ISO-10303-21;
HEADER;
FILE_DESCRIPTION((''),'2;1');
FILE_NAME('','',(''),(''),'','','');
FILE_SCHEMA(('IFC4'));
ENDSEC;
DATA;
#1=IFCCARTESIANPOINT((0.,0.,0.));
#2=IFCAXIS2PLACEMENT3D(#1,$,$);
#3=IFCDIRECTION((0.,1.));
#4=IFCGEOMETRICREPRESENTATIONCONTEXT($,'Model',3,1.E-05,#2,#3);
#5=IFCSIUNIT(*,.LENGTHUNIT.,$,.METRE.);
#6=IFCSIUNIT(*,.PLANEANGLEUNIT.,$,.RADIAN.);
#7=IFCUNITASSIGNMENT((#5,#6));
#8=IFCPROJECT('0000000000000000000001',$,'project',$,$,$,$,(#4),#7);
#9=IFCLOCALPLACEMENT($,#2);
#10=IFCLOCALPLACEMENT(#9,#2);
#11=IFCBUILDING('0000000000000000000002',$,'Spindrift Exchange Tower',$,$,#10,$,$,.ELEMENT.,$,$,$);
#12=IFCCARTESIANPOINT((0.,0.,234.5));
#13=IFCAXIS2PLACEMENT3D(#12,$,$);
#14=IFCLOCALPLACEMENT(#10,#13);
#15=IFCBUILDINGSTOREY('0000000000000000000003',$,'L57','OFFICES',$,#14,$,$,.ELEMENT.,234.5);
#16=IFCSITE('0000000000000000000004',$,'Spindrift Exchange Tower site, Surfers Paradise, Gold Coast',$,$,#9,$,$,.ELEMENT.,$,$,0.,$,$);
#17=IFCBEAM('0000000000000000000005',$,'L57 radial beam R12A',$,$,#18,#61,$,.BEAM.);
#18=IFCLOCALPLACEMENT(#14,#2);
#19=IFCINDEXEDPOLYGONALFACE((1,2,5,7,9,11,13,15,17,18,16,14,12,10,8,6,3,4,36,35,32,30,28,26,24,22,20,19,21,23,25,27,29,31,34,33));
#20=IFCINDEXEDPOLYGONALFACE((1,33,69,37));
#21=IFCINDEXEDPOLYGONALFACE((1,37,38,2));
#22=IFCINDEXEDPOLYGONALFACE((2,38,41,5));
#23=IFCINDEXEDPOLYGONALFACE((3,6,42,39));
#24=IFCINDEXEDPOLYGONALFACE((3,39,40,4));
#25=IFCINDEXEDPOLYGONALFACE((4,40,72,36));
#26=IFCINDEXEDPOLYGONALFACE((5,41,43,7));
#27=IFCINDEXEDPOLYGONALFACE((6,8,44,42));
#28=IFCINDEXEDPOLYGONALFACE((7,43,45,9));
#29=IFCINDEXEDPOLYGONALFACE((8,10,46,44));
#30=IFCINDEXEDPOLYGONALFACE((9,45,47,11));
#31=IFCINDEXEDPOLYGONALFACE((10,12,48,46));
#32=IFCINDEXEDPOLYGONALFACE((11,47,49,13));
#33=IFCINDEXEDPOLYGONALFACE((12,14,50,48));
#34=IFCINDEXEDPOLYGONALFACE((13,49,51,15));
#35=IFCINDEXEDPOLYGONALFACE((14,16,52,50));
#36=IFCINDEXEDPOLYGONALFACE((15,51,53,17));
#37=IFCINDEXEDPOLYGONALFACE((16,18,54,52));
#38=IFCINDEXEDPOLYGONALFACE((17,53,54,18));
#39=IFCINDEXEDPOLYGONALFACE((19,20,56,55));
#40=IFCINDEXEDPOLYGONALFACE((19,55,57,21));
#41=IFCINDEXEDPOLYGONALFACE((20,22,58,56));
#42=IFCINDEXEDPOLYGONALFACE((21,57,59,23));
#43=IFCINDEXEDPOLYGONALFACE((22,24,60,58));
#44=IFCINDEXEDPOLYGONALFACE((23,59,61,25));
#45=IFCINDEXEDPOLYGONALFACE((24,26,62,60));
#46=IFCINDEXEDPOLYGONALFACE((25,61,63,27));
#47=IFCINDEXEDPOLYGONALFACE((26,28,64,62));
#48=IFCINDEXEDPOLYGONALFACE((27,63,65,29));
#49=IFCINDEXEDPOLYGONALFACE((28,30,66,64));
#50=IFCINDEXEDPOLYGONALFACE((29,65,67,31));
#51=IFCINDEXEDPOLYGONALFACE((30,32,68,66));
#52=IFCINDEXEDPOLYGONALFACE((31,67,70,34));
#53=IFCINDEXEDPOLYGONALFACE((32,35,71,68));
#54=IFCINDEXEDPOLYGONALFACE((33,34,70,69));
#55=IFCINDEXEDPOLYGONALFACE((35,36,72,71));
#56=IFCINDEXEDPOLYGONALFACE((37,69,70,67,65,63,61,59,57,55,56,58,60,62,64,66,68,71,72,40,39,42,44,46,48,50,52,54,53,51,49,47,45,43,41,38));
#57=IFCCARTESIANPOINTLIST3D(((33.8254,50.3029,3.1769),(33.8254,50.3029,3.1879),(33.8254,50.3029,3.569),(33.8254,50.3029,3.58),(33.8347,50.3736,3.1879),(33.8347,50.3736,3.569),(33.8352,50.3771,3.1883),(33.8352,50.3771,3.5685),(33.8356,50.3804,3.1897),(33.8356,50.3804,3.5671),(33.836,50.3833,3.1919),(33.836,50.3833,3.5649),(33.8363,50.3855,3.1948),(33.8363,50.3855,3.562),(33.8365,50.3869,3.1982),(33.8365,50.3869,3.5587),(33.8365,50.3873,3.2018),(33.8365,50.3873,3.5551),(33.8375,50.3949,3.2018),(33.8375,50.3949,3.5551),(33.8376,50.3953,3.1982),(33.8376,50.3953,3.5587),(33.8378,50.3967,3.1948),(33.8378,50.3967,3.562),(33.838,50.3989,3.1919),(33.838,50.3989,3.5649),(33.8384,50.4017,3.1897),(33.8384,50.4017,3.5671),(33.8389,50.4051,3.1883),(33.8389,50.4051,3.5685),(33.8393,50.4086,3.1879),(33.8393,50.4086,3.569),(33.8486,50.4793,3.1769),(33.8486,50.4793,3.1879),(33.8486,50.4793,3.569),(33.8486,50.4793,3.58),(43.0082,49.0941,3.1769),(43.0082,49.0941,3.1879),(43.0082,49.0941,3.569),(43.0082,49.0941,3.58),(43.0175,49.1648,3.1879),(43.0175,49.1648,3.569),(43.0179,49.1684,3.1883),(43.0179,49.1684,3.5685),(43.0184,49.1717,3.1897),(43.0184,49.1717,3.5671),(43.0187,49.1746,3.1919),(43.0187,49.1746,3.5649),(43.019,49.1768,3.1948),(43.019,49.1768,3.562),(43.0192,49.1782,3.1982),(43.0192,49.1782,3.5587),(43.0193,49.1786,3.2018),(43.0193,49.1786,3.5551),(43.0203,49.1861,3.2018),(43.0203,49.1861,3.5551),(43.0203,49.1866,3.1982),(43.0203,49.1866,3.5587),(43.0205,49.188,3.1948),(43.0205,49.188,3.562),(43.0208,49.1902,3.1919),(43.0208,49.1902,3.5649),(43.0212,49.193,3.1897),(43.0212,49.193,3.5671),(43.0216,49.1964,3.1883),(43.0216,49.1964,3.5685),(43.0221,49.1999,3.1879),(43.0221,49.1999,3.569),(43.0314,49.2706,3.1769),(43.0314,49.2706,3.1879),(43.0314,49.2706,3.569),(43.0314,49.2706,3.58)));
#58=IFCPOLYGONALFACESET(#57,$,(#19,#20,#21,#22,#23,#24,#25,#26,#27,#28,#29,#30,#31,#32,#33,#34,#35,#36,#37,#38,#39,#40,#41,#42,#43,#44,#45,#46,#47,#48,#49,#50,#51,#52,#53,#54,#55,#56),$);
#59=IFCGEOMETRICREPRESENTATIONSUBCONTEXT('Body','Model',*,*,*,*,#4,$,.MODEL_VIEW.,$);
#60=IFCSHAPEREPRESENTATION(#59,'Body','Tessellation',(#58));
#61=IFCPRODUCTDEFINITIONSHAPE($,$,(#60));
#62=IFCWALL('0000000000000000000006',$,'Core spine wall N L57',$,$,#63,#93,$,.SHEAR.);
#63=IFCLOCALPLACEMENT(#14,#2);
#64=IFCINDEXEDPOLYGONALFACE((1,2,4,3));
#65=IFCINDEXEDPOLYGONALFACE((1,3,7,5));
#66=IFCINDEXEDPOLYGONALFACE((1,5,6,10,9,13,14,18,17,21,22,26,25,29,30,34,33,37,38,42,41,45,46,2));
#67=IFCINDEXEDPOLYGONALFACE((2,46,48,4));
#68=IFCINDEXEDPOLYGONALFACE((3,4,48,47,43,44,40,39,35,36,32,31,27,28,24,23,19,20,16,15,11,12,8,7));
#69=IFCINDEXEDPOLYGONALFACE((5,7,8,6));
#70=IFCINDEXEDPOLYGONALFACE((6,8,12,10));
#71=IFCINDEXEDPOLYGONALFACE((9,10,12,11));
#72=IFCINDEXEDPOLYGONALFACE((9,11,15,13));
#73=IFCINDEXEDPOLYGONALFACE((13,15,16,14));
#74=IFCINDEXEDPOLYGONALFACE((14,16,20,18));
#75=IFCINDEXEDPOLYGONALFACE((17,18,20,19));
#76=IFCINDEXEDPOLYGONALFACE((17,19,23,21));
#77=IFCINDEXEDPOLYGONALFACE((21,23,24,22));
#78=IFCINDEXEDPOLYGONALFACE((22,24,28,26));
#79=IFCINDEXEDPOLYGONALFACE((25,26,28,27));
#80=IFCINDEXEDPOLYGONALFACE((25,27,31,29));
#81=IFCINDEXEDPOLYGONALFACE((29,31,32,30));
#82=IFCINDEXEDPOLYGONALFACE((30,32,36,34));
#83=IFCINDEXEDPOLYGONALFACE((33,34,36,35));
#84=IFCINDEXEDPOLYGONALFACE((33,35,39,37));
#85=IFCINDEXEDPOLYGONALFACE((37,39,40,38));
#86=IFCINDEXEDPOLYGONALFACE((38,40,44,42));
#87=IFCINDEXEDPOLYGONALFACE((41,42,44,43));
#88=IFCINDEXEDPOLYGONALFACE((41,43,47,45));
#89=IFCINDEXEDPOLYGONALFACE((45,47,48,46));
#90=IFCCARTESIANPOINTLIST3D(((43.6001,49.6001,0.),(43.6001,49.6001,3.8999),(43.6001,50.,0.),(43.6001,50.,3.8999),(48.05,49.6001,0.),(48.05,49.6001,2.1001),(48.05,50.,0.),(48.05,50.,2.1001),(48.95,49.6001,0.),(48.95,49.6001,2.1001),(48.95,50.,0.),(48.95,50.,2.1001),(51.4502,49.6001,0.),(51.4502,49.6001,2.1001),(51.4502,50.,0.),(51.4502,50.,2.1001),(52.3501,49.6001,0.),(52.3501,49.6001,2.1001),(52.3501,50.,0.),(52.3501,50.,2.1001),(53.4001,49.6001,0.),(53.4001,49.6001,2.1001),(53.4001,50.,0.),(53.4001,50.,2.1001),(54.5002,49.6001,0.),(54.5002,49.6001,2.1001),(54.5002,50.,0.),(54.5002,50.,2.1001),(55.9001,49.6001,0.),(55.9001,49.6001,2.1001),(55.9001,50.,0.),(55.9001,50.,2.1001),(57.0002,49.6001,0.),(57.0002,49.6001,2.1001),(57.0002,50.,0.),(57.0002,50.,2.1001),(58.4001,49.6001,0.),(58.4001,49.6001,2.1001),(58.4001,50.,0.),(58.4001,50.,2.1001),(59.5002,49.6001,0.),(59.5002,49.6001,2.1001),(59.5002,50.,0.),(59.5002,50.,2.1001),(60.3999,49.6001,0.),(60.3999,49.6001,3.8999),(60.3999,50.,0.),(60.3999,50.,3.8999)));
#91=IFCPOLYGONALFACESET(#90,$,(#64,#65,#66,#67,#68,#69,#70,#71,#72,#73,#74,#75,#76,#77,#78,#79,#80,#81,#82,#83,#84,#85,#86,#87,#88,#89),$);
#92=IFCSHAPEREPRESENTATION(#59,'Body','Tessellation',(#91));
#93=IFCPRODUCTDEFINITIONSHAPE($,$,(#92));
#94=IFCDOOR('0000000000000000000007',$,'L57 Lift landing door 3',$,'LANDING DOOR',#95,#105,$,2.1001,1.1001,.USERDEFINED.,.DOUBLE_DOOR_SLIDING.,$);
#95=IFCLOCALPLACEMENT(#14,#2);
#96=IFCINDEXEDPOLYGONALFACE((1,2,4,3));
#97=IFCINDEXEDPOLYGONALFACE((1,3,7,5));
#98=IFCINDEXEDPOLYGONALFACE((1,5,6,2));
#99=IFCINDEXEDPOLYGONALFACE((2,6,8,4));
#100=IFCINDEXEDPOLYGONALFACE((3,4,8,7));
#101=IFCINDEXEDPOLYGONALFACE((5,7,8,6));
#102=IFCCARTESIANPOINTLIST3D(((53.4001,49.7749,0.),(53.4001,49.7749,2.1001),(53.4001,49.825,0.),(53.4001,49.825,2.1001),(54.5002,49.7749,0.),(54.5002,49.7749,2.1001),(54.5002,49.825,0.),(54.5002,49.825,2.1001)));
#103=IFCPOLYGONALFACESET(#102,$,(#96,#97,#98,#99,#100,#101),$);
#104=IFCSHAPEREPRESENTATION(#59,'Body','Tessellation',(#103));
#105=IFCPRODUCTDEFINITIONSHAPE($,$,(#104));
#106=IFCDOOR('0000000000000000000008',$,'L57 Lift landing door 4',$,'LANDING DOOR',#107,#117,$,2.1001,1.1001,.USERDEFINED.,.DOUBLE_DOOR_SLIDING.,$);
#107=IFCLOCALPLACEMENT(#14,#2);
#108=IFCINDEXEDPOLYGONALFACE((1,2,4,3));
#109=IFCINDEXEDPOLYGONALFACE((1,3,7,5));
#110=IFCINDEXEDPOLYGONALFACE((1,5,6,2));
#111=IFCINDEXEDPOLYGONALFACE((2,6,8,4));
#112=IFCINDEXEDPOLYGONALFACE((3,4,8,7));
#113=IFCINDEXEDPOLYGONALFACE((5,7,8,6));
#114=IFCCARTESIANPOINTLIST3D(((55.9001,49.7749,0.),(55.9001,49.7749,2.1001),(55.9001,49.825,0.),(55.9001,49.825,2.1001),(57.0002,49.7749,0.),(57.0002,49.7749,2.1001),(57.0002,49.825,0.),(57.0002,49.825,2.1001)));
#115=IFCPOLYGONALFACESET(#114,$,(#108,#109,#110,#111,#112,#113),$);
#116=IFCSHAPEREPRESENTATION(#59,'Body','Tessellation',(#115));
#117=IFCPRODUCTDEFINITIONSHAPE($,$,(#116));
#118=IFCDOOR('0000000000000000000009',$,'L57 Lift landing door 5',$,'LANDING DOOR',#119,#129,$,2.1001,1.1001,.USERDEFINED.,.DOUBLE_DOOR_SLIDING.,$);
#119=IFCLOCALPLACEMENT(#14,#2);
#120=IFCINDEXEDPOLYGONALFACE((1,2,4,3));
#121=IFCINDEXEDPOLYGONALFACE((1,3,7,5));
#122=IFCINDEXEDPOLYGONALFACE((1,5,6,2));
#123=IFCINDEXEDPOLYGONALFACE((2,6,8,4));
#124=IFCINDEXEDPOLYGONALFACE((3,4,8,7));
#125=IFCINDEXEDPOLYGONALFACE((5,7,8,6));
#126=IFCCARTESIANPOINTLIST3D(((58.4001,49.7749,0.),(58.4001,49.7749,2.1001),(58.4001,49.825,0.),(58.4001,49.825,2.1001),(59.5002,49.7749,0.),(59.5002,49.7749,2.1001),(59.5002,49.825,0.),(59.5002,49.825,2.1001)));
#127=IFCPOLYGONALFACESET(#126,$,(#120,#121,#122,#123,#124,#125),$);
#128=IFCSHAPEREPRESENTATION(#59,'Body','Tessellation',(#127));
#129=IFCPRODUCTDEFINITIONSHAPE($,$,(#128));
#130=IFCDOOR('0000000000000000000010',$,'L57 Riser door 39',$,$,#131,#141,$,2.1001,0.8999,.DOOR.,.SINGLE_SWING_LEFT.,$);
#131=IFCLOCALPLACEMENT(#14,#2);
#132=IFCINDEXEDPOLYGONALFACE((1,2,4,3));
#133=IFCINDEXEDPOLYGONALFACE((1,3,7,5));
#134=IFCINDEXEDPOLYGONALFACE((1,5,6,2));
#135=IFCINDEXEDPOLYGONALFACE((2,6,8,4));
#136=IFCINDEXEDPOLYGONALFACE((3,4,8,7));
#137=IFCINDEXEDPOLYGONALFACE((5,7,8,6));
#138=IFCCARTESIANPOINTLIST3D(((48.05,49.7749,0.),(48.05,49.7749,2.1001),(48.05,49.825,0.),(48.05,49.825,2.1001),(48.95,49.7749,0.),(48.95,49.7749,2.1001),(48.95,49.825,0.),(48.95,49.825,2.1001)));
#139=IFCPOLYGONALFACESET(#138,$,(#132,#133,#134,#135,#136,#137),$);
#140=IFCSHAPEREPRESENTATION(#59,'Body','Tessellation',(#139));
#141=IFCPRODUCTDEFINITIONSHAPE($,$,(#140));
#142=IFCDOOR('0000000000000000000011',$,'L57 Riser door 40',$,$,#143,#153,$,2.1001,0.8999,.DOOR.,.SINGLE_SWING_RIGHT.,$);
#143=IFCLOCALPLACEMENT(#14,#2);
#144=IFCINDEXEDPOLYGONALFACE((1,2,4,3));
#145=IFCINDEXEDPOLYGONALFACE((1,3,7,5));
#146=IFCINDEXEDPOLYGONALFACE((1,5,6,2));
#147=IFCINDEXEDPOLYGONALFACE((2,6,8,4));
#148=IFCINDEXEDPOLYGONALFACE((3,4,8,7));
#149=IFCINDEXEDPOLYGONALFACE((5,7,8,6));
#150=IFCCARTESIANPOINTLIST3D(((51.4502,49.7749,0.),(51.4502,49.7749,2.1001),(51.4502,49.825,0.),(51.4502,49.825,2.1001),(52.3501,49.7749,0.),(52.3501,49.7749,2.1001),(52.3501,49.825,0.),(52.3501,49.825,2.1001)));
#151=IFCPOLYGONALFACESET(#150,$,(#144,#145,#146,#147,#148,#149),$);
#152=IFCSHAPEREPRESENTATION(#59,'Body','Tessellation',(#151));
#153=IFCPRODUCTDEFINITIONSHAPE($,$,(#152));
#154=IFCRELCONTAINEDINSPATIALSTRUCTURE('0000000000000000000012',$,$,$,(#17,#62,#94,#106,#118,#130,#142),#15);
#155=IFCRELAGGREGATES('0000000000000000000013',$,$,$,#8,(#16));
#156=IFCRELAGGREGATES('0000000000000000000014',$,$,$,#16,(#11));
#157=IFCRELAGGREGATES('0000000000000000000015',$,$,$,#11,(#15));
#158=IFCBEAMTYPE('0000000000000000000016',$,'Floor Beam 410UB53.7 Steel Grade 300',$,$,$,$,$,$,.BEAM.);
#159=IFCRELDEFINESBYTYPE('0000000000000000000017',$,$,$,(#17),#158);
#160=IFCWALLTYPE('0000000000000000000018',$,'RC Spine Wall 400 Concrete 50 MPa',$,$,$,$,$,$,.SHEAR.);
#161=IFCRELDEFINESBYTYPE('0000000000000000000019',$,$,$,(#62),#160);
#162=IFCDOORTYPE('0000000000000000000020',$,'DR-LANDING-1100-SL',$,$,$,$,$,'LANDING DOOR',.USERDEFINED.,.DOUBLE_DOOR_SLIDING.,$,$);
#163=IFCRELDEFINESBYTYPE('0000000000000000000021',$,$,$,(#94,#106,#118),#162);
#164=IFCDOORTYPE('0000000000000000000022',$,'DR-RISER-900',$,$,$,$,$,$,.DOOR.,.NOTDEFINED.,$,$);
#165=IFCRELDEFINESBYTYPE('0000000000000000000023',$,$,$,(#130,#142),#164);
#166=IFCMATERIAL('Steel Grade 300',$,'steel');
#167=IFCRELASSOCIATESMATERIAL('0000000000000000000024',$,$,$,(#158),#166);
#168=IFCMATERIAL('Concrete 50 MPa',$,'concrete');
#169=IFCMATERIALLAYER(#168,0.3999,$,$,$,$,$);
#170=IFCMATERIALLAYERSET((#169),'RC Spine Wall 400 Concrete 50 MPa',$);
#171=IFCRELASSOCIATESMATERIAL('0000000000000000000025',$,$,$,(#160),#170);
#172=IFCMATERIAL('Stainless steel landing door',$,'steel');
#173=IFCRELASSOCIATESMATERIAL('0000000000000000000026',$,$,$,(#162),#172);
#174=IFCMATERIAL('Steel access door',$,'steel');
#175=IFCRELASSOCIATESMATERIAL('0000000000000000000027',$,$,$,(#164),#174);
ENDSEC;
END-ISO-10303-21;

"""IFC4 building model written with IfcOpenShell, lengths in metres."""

from ifc_helpers import new_model, si_unit, direction, frame, frame_2d, origin, origin_2d, place, context, subcontext, project, spatial, rectangle, i_section, extrude, source, transform, mapped, material, layer, layer_set, material_profile, profile_set, type_object, element, fill, save


model = new_model("IFC4")

# Units and contexts
model_context = context("Model", 3, precision=1e-05, world=origin(), true_north=direction((0.0, 1.0)))
body_context = subcontext(model_context, "Body", "Model", "MODEL_VIEW")
ifc_project = project(units=[si_unit("LENGTHUNIT", "METRE"), si_unit("PLANEANGLEUNIT", "RADIAN")], contexts=[model_context])

# Site, building, storey
site_placement = place(None, origin())
site = spatial("IfcSite", under=ifc_project, at=site_placement, Name="Spindrift Exchange Tower site, Surfers Paradise, Gold Coast", CompositionType="ELEMENT", RefElevation=0.0)
building_placement = place(site_placement, origin())
building = spatial("IfcBuilding", under=site, at=building_placement, Name="Spindrift Exchange Tower", CompositionType="ELEMENT")
storey_placement = place(building_placement, frame((0.0, 0.0, 234.5)))
storey = spatial("IfcBuildingStorey", under=building, at=storey_placement, Name="L57", Description="OFFICES", CompositionType="ELEMENT", Elevation=234.5)

# Beam
ifc_material_1 = material(Name="Steel Grade 300", Category="steel")
ifc_material_profile_1 = material_profile(ifc_material_1, i_section(OverallWidth=0.178, OverallDepth=0.4031, WebThickness=0.0076, FlangeThickness=0.011, FilletRadius=0.0139, at=origin_2d()), Name="410UB53.7")
ifc_profile_set_1 = profile_set([ifc_material_profile_1], Name="Steel Grade 300")
beam_type_1 = type_object("IfcBeamType", Name="Floor Beam 410UB53.7 Steel Grade 300", PredefinedType="BEAM", material=ifc_profile_set_1)
shared_shape_1 = source(origin(), body_context, "Body", "SweptSolid", [
    extrude(i_section(OverallWidth=0.178, OverallDepth=0.4031, WebThickness=0.0076, FlangeThickness=0.011, FilletRadius=0.0139, at=origin_2d()), origin(), (0.0, 0.0, 1.0), 9.262),
])
beam_1_placement = place(storey_placement, frame((43.0198, 49.1824, 3.3784), z_axis=(-0.991448, 0.130504, 0.0), x_axis=(-0.130504, -0.991448, 0.0)))
element("IfcBeam", 1, at=beam_1_placement, inside=storey, type_object=beam_type_1, Name="L57 radial beam R12A", PredefinedType="BEAM", context=body_context, shape_type="MappedRepresentation", body=[
    mapped(shared_shape_1, transform((0.0, 0.0, 0.0), scale=1.0)),
])

# Wall, openings, doors
ifc_material_2 = material(Name="Concrete 50 MPa", Category="concrete")
ifc_layer_1 = layer(ifc_material_2, 0.3999)
ifc_layer_set_1 = layer_set([ifc_layer_1], Name="RC Spine Wall 400 Concrete 50 MPa")
wall_type_1 = type_object("IfcWallType", Name="RC Spine Wall 400 Concrete 50 MPa", PredefinedType="SHEAR", material=ifc_layer_set_1)
wall_1_placement = place(storey_placement, frame((43.6001, 49.8, 0.0), z_axis=(0.0, 0.0, 1.0), x_axis=(1.0, 0.0, 0.0)))
wall_1 = element("IfcWall", 2, at=wall_1_placement, inside=storey, type_object=wall_type_1, Name="Core spine wall N L57", PredefinedType="SHEAR", context=body_context, shape_type="SweptSolid", body=[
    extrude(rectangle(XDim=16.7998, YDim=0.3999, at=frame_2d((8.3999, 0.0))), origin(), (0.0, 0.0, 1.0), 3.8999),
])
opening_1_placement = place(wall_1_placement, frame((9.8, 0.0, 0.0)))
opening_1 = element("IfcOpeningElement", 3, at=opening_1_placement, cuts=wall_1, PredefinedType="OPENING", context=body_context, shape_type="SweptSolid", body=[
    extrude(rectangle(XDim=1.1001, YDim=2.1001, at=frame_2d((0.55, 1.05))), frame((0.0, 0.21, 0.0), z_axis=(0.0, -1.0, 0.0), x_axis=(1.0, 0.0, 0.0)), (0.0, 0.0, 1.0), 0.4199),
])
opening_2_placement = place(wall_1_placement, frame((12.3, 0.0, 0.0)))
opening_2 = element("IfcOpeningElement", 4, at=opening_2_placement, cuts=wall_1, PredefinedType="OPENING", context=body_context, shape_type="SweptSolid", body=[
    extrude(rectangle(XDim=1.1001, YDim=2.1001, at=frame_2d((0.55, 1.05))), frame((0.0, 0.21, 0.0), z_axis=(0.0, -1.0, 0.0), x_axis=(1.0, 0.0, 0.0)), (0.0, 0.0, 1.0), 0.4199),
])
opening_3_placement = place(wall_1_placement, frame((14.8, 0.0, 0.0)))
opening_3 = element("IfcOpeningElement", 5, at=opening_3_placement, cuts=wall_1, PredefinedType="OPENING", context=body_context, shape_type="SweptSolid", body=[
    extrude(rectangle(XDim=1.1001, YDim=2.1001, at=frame_2d((0.55, 1.05))), frame((0.0, 0.21, 0.0), z_axis=(0.0, -1.0, 0.0), x_axis=(1.0, 0.0, 0.0)), (0.0, 0.0, 1.0), 0.4199),
])
opening_4_placement = place(wall_1_placement, frame((4.45, 0.0, 0.0)))
opening_4 = element("IfcOpeningElement", 6, at=opening_4_placement, cuts=wall_1, PredefinedType="OPENING", context=body_context, shape_type="SweptSolid", body=[
    extrude(rectangle(XDim=0.8999, YDim=2.1001, at=frame_2d((0.45, 1.05))), frame((0.0, 0.21, 0.0), z_axis=(0.0, -1.0, 0.0), x_axis=(1.0, 0.0, 0.0)), (0.0, 0.0, 1.0), 0.4199),
])
opening_5_placement = place(wall_1_placement, frame((7.8501, 0.0, 0.0)))
opening_5 = element("IfcOpeningElement", 7, at=opening_5_placement, cuts=wall_1, PredefinedType="OPENING", context=body_context, shape_type="SweptSolid", body=[
    extrude(rectangle(XDim=0.8999, YDim=2.1001, at=frame_2d((0.45, 1.05))), frame((0.0, 0.21, 0.0), z_axis=(0.0, -1.0, 0.0), x_axis=(1.0, 0.0, 0.0)), (0.0, 0.0, 1.0), 0.4199),
])
ifc_material_3 = material(Name="Stainless steel landing door", Category="steel")
door_type_1 = type_object("IfcDoorType", Name="DR-LANDING-1100-SL", ElementType="LANDING DOOR", OperationType="DOUBLE_DOOR_SLIDING", PredefinedType="USERDEFINED", material=ifc_material_3)
shared_shape_2 = source(origin(), body_context, "Body", "SweptSolid", [
    extrude(rectangle(XDim=1.1001, YDim=2.1001, at=frame_2d((0.55, 1.05))), frame((0.0, 0.0249, 0.0), z_axis=(0.0, -1.0, 0.0), x_axis=(1.0, 0.0, 0.0)), (0.0, 0.0, 1.0), 0.05),
])
door_1_placement = place(opening_1_placement, origin())
door_1 = element("IfcDoor", 8, at=door_1_placement, inside=storey, type_object=door_type_1, Name="L57 Lift landing door 3", ObjectType="LANDING DOOR", OperationType="DOUBLE_DOOR_SLIDING", OverallHeight=2.1001, OverallWidth=1.1001, PredefinedType="USERDEFINED", context=body_context, shape_type="MappedRepresentation", body=[
    mapped(shared_shape_2, transform((0.0, 0.0, 0.0), scale=1.0)),
])
fill(opening_1, door_1)
door_2_placement = place(opening_2_placement, origin())
door_2 = element("IfcDoor", 9, at=door_2_placement, inside=storey, type_object=door_type_1, Name="L57 Lift landing door 4", ObjectType="LANDING DOOR", OperationType="DOUBLE_DOOR_SLIDING", OverallHeight=2.1001, OverallWidth=1.1001, PredefinedType="USERDEFINED", context=body_context, shape_type="MappedRepresentation", body=[
    mapped(shared_shape_2, transform((0.0, 0.0, 0.0), scale=1.0)),
])
fill(opening_2, door_2)
door_3_placement = place(opening_3_placement, origin())
door_3 = element("IfcDoor", 10, at=door_3_placement, inside=storey, type_object=door_type_1, Name="L57 Lift landing door 5", ObjectType="LANDING DOOR", OperationType="DOUBLE_DOOR_SLIDING", OverallHeight=2.1001, OverallWidth=1.1001, PredefinedType="USERDEFINED", context=body_context, shape_type="MappedRepresentation", body=[
    mapped(shared_shape_2, transform((0.0, 0.0, 0.0), scale=1.0)),
])
fill(opening_3, door_3)
ifc_material_4 = material(Name="Steel access door", Category="steel")
door_type_2 = type_object("IfcDoorType", Name="DR-RISER-900", OperationType="NOTDEFINED", PredefinedType="DOOR", material=ifc_material_4)
shared_shape_3 = source(origin(), body_context, "Body", "SweptSolid", [
    extrude(rectangle(XDim=0.8999, YDim=2.1001, at=frame_2d((0.45, 1.05))), frame((0.0, 0.0249, 0.0), z_axis=(0.0, -1.0, 0.0), x_axis=(1.0, 0.0, 0.0)), (0.0, 0.0, 1.0), 0.05),
])
door_4_placement = place(opening_4_placement, origin())
door_4 = element("IfcDoor", 11, at=door_4_placement, inside=storey, type_object=door_type_2, Name="L57 Riser door 39", OperationType="SINGLE_SWING_LEFT", OverallHeight=2.1001, OverallWidth=0.8999, PredefinedType="DOOR", context=body_context, shape_type="MappedRepresentation", body=[
    mapped(shared_shape_3, transform((0.0, 0.0, 0.0), scale=1.0)),
])
fill(opening_4, door_4)
door_5_placement = place(opening_5_placement, origin())
door_5 = element("IfcDoor", 12, at=door_5_placement, inside=storey, type_object=door_type_2, Name="L57 Riser door 40", OperationType="SINGLE_SWING_RIGHT", OverallHeight=2.1001, OverallWidth=0.8999, PredefinedType="DOOR", context=body_context, shape_type="MappedRepresentation", body=[
    mapped(shared_shape_3, transform((0.0, 0.0, 0.0), scale=1.0)),
])
fill(opening_5, door_5)

save(model, "model.ifc")
